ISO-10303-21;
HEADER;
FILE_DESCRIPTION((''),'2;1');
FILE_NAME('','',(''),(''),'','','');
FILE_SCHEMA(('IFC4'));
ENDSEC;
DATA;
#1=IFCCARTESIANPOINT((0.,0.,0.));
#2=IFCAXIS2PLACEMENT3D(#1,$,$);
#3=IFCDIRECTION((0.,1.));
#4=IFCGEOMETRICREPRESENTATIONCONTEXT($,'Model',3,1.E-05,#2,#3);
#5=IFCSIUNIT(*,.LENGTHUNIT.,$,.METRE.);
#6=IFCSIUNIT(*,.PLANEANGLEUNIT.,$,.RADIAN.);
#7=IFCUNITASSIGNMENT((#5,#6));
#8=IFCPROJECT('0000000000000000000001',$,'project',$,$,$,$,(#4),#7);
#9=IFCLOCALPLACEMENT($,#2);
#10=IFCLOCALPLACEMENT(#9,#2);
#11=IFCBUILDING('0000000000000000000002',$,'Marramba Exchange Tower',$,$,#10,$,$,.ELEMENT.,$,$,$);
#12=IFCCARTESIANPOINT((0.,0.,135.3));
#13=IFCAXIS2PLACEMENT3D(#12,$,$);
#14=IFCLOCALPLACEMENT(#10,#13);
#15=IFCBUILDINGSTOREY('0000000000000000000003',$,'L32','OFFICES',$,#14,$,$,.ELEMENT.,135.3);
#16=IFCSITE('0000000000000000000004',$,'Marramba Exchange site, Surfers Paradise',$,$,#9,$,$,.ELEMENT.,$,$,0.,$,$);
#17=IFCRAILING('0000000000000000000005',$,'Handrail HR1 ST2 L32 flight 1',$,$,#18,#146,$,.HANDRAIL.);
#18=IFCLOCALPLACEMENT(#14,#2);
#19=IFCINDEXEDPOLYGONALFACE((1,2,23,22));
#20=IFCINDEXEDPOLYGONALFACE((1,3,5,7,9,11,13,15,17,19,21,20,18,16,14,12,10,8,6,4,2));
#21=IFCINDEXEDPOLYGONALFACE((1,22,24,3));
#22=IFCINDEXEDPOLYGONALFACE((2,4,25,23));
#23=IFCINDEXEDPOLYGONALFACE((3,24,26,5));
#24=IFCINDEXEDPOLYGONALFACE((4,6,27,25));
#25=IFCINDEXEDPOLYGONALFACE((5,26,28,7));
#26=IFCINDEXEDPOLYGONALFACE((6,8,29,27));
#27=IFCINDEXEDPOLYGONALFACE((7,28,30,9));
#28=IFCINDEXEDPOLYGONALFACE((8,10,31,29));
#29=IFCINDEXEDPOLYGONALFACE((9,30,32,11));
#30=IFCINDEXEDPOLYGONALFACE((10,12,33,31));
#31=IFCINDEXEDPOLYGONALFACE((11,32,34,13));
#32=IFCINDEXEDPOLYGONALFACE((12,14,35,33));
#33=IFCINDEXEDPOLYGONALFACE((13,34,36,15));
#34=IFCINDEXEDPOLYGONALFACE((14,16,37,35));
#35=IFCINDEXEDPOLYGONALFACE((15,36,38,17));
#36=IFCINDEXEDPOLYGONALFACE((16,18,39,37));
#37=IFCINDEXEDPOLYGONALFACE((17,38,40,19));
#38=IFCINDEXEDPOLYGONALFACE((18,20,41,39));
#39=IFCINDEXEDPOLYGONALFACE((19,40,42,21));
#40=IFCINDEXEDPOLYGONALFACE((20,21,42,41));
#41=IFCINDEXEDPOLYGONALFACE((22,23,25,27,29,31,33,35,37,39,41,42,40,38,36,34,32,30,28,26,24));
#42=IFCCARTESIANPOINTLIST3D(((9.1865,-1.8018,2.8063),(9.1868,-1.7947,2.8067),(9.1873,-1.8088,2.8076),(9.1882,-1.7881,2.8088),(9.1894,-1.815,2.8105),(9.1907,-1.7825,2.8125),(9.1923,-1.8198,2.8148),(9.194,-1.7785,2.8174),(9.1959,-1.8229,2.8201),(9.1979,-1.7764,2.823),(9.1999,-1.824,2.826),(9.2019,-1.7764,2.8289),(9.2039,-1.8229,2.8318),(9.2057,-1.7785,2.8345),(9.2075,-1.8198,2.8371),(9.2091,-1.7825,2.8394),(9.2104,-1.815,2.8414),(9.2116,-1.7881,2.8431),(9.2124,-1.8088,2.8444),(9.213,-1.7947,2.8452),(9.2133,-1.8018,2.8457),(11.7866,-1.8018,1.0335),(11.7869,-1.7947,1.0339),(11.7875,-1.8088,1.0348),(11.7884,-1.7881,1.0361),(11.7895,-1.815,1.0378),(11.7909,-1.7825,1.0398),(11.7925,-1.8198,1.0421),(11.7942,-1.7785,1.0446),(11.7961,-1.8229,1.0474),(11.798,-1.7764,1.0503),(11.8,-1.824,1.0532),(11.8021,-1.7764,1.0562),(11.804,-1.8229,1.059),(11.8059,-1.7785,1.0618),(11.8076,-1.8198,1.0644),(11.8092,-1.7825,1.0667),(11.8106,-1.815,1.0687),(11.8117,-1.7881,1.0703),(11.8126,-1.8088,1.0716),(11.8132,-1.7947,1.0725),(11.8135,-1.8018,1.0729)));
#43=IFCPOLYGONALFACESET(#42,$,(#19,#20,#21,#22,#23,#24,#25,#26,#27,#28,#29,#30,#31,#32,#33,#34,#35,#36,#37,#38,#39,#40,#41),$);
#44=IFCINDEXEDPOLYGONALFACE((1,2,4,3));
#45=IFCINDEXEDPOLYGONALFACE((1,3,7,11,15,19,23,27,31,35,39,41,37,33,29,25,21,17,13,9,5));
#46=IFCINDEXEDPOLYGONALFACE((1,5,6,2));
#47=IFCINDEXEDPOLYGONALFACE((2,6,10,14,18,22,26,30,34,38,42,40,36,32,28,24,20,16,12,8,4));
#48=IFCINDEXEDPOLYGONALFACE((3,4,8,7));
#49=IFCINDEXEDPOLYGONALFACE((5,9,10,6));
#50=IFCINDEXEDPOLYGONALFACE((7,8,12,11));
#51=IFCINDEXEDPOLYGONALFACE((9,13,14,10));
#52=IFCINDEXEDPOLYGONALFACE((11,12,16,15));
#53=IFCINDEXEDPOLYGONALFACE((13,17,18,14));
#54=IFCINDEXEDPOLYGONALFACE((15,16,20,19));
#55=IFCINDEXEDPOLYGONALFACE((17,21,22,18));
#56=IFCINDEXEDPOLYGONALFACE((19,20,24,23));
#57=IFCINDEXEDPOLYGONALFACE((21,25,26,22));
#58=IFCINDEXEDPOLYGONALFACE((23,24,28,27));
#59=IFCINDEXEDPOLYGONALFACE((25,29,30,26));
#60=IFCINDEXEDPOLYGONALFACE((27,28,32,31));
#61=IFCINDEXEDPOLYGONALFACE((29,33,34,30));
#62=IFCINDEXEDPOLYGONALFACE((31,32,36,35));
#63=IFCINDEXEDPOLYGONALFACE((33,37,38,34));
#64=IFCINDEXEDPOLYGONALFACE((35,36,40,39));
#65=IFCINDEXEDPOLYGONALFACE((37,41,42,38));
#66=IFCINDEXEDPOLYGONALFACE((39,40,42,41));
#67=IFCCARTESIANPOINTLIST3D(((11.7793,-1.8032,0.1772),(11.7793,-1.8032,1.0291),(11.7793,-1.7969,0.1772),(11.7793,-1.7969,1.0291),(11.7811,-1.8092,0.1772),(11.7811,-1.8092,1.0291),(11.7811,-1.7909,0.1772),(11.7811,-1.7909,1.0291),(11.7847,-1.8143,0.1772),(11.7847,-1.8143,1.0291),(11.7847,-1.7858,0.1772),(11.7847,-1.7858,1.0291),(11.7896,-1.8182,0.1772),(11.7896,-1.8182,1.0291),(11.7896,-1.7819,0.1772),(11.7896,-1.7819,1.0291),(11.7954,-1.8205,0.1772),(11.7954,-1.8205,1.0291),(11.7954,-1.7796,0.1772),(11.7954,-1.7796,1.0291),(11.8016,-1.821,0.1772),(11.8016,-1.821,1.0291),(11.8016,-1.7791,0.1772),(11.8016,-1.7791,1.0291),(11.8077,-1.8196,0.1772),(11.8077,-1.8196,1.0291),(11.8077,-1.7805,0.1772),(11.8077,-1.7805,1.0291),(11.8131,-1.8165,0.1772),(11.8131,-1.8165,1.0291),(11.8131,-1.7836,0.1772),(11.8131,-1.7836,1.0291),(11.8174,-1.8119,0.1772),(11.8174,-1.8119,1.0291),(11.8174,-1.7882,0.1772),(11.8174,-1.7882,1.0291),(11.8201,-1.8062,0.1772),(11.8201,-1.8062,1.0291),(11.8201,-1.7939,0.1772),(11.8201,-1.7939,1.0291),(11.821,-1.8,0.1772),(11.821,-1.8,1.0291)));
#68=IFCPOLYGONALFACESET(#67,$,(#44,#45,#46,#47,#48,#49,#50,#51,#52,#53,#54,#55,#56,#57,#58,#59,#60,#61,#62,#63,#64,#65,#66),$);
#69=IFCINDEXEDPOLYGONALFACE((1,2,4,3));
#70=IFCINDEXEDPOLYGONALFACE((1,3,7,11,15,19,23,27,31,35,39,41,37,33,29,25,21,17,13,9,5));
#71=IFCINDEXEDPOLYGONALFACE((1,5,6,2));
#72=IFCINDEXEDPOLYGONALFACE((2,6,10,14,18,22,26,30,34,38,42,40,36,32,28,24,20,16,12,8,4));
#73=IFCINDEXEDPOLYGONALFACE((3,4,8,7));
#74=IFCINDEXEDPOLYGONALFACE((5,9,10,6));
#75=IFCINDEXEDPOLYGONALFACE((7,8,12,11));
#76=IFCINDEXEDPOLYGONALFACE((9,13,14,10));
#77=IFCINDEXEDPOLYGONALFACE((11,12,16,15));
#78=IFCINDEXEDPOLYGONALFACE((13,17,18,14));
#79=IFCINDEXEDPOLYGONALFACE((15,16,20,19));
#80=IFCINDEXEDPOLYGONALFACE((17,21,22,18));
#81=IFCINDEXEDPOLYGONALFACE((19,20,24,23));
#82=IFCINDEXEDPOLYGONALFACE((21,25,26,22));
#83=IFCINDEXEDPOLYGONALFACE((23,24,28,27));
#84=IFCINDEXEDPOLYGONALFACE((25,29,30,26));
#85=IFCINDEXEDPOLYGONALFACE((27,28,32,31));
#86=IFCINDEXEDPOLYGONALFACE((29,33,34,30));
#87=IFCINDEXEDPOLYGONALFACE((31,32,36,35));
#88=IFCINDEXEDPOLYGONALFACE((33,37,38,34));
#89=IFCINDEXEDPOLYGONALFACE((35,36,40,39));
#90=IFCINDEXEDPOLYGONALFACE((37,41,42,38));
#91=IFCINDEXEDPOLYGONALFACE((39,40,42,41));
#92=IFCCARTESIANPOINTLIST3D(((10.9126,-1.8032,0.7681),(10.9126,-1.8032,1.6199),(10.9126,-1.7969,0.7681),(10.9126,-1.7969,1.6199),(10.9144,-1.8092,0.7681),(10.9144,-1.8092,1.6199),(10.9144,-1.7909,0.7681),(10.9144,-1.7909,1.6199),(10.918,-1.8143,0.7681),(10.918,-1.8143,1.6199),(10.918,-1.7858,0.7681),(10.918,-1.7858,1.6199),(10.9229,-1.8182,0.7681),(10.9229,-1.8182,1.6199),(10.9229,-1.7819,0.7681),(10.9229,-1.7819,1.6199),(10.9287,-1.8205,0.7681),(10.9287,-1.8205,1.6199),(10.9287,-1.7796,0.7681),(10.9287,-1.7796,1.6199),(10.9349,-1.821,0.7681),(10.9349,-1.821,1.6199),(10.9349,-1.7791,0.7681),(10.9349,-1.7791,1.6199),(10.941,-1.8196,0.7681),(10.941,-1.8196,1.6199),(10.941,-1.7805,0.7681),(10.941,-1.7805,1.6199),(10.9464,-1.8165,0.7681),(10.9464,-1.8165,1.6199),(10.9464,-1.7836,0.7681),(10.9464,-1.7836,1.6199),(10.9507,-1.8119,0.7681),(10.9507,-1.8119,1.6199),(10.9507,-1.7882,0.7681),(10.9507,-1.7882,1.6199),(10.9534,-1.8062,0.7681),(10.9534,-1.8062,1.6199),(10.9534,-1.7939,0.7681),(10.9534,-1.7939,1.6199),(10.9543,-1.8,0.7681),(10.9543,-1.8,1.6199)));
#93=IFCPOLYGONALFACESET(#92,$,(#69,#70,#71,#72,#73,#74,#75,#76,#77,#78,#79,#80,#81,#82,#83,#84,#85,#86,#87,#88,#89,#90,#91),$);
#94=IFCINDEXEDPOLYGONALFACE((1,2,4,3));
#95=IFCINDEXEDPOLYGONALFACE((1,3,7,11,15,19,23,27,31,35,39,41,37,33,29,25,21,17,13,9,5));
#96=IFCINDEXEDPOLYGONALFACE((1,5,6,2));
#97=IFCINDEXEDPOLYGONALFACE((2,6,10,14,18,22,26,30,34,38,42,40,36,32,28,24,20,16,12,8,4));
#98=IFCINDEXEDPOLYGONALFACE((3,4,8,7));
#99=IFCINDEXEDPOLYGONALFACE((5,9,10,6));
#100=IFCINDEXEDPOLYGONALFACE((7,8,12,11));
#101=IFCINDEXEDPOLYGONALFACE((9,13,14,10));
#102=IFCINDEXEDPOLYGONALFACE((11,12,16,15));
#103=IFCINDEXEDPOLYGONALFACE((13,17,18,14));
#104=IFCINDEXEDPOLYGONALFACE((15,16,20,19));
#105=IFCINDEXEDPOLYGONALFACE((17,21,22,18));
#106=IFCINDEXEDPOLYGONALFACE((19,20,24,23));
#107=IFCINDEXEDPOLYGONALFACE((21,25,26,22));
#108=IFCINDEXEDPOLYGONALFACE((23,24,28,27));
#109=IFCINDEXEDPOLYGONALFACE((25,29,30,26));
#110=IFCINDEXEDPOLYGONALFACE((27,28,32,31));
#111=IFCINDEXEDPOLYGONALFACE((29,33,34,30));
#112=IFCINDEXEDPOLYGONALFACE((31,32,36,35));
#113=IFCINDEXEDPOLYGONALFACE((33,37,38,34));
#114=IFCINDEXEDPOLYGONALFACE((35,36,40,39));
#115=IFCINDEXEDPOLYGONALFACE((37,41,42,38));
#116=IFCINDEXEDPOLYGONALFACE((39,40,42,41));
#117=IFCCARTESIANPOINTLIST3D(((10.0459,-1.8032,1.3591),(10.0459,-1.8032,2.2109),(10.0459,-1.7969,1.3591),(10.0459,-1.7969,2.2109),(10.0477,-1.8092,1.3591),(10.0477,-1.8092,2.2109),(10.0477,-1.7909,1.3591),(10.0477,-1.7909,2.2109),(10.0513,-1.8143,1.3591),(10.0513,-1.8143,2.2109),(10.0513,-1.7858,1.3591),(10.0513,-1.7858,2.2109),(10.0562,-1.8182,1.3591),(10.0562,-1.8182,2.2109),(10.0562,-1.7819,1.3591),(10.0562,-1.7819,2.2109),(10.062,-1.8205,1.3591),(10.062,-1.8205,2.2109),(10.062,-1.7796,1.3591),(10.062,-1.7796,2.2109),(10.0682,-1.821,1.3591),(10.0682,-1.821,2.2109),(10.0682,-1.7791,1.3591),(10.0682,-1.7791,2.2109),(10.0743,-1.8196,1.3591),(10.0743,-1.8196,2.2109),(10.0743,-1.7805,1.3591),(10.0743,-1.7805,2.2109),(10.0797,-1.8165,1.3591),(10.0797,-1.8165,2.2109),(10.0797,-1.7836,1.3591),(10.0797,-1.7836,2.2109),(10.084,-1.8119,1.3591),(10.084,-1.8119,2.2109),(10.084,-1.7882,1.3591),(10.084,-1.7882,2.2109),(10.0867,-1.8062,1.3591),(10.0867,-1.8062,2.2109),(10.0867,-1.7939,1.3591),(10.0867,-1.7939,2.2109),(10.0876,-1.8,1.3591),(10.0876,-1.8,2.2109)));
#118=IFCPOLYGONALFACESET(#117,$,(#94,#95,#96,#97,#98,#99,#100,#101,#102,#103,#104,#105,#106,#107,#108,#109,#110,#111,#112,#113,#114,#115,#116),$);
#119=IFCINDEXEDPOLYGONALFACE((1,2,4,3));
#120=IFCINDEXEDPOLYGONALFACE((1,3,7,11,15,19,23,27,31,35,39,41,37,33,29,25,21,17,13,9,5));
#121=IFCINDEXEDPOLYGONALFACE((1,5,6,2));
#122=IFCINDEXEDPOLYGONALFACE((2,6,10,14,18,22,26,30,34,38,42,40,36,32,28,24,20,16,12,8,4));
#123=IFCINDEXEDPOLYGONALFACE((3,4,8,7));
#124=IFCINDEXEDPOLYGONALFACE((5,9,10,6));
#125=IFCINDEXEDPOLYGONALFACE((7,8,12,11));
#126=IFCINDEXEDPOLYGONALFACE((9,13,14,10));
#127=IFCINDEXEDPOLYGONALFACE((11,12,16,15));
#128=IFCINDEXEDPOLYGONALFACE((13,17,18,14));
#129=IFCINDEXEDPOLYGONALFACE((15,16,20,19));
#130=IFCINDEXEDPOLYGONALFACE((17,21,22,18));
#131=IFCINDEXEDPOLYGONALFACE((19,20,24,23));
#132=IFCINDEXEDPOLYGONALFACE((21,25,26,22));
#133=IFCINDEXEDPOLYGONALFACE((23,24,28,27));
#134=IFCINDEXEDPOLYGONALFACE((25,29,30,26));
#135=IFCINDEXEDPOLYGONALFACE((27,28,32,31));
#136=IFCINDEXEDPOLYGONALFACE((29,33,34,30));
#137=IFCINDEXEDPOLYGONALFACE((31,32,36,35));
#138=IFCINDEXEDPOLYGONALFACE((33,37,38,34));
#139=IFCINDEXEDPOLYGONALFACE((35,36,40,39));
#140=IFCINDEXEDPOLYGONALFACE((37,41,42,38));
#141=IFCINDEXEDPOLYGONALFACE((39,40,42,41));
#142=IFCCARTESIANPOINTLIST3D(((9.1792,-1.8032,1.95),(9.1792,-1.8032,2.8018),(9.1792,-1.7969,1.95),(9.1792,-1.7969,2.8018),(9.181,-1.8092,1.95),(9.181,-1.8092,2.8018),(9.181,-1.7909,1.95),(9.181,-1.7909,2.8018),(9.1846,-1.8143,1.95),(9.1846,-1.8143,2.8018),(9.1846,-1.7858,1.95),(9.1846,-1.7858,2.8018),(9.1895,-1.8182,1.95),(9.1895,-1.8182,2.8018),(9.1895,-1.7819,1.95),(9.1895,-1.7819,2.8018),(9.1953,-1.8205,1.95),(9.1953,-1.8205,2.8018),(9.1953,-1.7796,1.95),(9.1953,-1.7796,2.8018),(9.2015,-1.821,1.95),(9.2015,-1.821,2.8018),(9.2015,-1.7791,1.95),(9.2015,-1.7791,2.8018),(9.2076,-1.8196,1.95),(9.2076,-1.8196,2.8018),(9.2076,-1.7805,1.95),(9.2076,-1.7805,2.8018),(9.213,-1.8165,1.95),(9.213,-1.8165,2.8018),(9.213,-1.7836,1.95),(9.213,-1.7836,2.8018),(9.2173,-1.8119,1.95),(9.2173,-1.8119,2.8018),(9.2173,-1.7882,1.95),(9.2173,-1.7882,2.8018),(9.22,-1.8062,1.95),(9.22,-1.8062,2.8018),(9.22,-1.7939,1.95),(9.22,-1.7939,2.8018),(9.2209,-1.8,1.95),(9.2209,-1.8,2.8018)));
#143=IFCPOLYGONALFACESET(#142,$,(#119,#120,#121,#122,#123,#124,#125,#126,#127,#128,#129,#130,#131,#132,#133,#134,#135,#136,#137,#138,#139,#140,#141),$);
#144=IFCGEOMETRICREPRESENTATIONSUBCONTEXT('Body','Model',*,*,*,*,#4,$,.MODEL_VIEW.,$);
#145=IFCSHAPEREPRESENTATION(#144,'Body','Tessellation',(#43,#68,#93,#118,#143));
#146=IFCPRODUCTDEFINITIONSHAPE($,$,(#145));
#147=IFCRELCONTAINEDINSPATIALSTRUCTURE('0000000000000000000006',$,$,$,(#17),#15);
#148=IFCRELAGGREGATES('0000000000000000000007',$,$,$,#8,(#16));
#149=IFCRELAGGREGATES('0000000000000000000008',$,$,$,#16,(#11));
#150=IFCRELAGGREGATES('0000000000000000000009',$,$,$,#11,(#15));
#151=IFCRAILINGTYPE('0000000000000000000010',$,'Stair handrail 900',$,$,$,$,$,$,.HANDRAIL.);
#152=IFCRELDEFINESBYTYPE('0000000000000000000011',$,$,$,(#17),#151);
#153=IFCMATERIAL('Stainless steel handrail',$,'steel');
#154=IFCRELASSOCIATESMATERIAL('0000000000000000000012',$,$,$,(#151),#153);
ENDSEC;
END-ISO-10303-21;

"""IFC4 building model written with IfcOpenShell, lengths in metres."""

from ifc_helpers import new_model, si_unit, direction, frame, origin, origin_2d, place, context, subcontext, project, spatial, circle, extrude, material, type_object, element, save


model = new_model("IFC4")

# Units and contexts
model_context = context("Model", 3, precision=1e-05, world=origin(), true_north=direction((0.0, 1.0)))
body_context = subcontext(model_context, "Body", "Model", "MODEL_VIEW")
ifc_project = project(units=[si_unit("LENGTHUNIT", "METRE"), si_unit("PLANEANGLEUNIT", "RADIAN")], contexts=[model_context])

# Site, building, storey
site_placement = place(None, origin())
site = spatial("IfcSite", under=ifc_project, at=site_placement, Name="Marramba Exchange site, Surfers Paradise", CompositionType="ELEMENT", RefElevation=0.0)
building_placement = place(site_placement, origin())
building = spatial("IfcBuilding", under=site, at=building_placement, Name="Marramba Exchange Tower", CompositionType="ELEMENT")
storey_placement = place(building_placement, frame((0.0, 0.0, 135.3)))
storey = spatial("IfcBuildingStorey", under=building, at=storey_placement, Name="L32", Description="OFFICES", CompositionType="ELEMENT", Elevation=135.3)

# Railing
ifc_material_1 = material(Name="Stainless steel handrail", Category="steel")
railing_type = type_object("IfcRailingType", Name="Stair handrail 900", PredefinedType="HANDRAIL", material=ifc_material_1)
railing_placement = place(storey_placement, frame((11.8, -1.8, 0.1772)))
element("IfcRailing", 1, at=railing_placement, inside=storey, type_object=railing_type, Name="Handrail HR1 ST2 L32 flight 1", PredefinedType="HANDRAIL", context=body_context, shape_type="SweptSolid", body=[
    extrude(circle(Radius=0.0239, at=origin_2d()), frame((0.0, 0.0, 0.876), z_axis=(-0.82624, 0.0, 0.563318), x_axis=(0.0, -1.0, 0.0)), (0.0, 0.0, 1.0), 3.147),
    extrude(circle(Radius=0.021, at=origin_2d()), origin(), (0.0, 0.0, 1.0), 0.8518),
    extrude(circle(Radius=0.021, at=origin_2d()), frame((-0.8667, 0.0, 0.5908)), (0.0, 0.0, 1.0), 0.8518),
    extrude(circle(Radius=0.021, at=origin_2d()), frame((-1.7334, 0.0, 1.1819)), (0.0, 0.0, 1.0), 0.8518),
    extrude(circle(Radius=0.021, at=origin_2d()), frame((-2.6001, 0.0, 1.7727)), (0.0, 0.0, 1.0), 0.8518),
])

save(model, "model.ifc")
